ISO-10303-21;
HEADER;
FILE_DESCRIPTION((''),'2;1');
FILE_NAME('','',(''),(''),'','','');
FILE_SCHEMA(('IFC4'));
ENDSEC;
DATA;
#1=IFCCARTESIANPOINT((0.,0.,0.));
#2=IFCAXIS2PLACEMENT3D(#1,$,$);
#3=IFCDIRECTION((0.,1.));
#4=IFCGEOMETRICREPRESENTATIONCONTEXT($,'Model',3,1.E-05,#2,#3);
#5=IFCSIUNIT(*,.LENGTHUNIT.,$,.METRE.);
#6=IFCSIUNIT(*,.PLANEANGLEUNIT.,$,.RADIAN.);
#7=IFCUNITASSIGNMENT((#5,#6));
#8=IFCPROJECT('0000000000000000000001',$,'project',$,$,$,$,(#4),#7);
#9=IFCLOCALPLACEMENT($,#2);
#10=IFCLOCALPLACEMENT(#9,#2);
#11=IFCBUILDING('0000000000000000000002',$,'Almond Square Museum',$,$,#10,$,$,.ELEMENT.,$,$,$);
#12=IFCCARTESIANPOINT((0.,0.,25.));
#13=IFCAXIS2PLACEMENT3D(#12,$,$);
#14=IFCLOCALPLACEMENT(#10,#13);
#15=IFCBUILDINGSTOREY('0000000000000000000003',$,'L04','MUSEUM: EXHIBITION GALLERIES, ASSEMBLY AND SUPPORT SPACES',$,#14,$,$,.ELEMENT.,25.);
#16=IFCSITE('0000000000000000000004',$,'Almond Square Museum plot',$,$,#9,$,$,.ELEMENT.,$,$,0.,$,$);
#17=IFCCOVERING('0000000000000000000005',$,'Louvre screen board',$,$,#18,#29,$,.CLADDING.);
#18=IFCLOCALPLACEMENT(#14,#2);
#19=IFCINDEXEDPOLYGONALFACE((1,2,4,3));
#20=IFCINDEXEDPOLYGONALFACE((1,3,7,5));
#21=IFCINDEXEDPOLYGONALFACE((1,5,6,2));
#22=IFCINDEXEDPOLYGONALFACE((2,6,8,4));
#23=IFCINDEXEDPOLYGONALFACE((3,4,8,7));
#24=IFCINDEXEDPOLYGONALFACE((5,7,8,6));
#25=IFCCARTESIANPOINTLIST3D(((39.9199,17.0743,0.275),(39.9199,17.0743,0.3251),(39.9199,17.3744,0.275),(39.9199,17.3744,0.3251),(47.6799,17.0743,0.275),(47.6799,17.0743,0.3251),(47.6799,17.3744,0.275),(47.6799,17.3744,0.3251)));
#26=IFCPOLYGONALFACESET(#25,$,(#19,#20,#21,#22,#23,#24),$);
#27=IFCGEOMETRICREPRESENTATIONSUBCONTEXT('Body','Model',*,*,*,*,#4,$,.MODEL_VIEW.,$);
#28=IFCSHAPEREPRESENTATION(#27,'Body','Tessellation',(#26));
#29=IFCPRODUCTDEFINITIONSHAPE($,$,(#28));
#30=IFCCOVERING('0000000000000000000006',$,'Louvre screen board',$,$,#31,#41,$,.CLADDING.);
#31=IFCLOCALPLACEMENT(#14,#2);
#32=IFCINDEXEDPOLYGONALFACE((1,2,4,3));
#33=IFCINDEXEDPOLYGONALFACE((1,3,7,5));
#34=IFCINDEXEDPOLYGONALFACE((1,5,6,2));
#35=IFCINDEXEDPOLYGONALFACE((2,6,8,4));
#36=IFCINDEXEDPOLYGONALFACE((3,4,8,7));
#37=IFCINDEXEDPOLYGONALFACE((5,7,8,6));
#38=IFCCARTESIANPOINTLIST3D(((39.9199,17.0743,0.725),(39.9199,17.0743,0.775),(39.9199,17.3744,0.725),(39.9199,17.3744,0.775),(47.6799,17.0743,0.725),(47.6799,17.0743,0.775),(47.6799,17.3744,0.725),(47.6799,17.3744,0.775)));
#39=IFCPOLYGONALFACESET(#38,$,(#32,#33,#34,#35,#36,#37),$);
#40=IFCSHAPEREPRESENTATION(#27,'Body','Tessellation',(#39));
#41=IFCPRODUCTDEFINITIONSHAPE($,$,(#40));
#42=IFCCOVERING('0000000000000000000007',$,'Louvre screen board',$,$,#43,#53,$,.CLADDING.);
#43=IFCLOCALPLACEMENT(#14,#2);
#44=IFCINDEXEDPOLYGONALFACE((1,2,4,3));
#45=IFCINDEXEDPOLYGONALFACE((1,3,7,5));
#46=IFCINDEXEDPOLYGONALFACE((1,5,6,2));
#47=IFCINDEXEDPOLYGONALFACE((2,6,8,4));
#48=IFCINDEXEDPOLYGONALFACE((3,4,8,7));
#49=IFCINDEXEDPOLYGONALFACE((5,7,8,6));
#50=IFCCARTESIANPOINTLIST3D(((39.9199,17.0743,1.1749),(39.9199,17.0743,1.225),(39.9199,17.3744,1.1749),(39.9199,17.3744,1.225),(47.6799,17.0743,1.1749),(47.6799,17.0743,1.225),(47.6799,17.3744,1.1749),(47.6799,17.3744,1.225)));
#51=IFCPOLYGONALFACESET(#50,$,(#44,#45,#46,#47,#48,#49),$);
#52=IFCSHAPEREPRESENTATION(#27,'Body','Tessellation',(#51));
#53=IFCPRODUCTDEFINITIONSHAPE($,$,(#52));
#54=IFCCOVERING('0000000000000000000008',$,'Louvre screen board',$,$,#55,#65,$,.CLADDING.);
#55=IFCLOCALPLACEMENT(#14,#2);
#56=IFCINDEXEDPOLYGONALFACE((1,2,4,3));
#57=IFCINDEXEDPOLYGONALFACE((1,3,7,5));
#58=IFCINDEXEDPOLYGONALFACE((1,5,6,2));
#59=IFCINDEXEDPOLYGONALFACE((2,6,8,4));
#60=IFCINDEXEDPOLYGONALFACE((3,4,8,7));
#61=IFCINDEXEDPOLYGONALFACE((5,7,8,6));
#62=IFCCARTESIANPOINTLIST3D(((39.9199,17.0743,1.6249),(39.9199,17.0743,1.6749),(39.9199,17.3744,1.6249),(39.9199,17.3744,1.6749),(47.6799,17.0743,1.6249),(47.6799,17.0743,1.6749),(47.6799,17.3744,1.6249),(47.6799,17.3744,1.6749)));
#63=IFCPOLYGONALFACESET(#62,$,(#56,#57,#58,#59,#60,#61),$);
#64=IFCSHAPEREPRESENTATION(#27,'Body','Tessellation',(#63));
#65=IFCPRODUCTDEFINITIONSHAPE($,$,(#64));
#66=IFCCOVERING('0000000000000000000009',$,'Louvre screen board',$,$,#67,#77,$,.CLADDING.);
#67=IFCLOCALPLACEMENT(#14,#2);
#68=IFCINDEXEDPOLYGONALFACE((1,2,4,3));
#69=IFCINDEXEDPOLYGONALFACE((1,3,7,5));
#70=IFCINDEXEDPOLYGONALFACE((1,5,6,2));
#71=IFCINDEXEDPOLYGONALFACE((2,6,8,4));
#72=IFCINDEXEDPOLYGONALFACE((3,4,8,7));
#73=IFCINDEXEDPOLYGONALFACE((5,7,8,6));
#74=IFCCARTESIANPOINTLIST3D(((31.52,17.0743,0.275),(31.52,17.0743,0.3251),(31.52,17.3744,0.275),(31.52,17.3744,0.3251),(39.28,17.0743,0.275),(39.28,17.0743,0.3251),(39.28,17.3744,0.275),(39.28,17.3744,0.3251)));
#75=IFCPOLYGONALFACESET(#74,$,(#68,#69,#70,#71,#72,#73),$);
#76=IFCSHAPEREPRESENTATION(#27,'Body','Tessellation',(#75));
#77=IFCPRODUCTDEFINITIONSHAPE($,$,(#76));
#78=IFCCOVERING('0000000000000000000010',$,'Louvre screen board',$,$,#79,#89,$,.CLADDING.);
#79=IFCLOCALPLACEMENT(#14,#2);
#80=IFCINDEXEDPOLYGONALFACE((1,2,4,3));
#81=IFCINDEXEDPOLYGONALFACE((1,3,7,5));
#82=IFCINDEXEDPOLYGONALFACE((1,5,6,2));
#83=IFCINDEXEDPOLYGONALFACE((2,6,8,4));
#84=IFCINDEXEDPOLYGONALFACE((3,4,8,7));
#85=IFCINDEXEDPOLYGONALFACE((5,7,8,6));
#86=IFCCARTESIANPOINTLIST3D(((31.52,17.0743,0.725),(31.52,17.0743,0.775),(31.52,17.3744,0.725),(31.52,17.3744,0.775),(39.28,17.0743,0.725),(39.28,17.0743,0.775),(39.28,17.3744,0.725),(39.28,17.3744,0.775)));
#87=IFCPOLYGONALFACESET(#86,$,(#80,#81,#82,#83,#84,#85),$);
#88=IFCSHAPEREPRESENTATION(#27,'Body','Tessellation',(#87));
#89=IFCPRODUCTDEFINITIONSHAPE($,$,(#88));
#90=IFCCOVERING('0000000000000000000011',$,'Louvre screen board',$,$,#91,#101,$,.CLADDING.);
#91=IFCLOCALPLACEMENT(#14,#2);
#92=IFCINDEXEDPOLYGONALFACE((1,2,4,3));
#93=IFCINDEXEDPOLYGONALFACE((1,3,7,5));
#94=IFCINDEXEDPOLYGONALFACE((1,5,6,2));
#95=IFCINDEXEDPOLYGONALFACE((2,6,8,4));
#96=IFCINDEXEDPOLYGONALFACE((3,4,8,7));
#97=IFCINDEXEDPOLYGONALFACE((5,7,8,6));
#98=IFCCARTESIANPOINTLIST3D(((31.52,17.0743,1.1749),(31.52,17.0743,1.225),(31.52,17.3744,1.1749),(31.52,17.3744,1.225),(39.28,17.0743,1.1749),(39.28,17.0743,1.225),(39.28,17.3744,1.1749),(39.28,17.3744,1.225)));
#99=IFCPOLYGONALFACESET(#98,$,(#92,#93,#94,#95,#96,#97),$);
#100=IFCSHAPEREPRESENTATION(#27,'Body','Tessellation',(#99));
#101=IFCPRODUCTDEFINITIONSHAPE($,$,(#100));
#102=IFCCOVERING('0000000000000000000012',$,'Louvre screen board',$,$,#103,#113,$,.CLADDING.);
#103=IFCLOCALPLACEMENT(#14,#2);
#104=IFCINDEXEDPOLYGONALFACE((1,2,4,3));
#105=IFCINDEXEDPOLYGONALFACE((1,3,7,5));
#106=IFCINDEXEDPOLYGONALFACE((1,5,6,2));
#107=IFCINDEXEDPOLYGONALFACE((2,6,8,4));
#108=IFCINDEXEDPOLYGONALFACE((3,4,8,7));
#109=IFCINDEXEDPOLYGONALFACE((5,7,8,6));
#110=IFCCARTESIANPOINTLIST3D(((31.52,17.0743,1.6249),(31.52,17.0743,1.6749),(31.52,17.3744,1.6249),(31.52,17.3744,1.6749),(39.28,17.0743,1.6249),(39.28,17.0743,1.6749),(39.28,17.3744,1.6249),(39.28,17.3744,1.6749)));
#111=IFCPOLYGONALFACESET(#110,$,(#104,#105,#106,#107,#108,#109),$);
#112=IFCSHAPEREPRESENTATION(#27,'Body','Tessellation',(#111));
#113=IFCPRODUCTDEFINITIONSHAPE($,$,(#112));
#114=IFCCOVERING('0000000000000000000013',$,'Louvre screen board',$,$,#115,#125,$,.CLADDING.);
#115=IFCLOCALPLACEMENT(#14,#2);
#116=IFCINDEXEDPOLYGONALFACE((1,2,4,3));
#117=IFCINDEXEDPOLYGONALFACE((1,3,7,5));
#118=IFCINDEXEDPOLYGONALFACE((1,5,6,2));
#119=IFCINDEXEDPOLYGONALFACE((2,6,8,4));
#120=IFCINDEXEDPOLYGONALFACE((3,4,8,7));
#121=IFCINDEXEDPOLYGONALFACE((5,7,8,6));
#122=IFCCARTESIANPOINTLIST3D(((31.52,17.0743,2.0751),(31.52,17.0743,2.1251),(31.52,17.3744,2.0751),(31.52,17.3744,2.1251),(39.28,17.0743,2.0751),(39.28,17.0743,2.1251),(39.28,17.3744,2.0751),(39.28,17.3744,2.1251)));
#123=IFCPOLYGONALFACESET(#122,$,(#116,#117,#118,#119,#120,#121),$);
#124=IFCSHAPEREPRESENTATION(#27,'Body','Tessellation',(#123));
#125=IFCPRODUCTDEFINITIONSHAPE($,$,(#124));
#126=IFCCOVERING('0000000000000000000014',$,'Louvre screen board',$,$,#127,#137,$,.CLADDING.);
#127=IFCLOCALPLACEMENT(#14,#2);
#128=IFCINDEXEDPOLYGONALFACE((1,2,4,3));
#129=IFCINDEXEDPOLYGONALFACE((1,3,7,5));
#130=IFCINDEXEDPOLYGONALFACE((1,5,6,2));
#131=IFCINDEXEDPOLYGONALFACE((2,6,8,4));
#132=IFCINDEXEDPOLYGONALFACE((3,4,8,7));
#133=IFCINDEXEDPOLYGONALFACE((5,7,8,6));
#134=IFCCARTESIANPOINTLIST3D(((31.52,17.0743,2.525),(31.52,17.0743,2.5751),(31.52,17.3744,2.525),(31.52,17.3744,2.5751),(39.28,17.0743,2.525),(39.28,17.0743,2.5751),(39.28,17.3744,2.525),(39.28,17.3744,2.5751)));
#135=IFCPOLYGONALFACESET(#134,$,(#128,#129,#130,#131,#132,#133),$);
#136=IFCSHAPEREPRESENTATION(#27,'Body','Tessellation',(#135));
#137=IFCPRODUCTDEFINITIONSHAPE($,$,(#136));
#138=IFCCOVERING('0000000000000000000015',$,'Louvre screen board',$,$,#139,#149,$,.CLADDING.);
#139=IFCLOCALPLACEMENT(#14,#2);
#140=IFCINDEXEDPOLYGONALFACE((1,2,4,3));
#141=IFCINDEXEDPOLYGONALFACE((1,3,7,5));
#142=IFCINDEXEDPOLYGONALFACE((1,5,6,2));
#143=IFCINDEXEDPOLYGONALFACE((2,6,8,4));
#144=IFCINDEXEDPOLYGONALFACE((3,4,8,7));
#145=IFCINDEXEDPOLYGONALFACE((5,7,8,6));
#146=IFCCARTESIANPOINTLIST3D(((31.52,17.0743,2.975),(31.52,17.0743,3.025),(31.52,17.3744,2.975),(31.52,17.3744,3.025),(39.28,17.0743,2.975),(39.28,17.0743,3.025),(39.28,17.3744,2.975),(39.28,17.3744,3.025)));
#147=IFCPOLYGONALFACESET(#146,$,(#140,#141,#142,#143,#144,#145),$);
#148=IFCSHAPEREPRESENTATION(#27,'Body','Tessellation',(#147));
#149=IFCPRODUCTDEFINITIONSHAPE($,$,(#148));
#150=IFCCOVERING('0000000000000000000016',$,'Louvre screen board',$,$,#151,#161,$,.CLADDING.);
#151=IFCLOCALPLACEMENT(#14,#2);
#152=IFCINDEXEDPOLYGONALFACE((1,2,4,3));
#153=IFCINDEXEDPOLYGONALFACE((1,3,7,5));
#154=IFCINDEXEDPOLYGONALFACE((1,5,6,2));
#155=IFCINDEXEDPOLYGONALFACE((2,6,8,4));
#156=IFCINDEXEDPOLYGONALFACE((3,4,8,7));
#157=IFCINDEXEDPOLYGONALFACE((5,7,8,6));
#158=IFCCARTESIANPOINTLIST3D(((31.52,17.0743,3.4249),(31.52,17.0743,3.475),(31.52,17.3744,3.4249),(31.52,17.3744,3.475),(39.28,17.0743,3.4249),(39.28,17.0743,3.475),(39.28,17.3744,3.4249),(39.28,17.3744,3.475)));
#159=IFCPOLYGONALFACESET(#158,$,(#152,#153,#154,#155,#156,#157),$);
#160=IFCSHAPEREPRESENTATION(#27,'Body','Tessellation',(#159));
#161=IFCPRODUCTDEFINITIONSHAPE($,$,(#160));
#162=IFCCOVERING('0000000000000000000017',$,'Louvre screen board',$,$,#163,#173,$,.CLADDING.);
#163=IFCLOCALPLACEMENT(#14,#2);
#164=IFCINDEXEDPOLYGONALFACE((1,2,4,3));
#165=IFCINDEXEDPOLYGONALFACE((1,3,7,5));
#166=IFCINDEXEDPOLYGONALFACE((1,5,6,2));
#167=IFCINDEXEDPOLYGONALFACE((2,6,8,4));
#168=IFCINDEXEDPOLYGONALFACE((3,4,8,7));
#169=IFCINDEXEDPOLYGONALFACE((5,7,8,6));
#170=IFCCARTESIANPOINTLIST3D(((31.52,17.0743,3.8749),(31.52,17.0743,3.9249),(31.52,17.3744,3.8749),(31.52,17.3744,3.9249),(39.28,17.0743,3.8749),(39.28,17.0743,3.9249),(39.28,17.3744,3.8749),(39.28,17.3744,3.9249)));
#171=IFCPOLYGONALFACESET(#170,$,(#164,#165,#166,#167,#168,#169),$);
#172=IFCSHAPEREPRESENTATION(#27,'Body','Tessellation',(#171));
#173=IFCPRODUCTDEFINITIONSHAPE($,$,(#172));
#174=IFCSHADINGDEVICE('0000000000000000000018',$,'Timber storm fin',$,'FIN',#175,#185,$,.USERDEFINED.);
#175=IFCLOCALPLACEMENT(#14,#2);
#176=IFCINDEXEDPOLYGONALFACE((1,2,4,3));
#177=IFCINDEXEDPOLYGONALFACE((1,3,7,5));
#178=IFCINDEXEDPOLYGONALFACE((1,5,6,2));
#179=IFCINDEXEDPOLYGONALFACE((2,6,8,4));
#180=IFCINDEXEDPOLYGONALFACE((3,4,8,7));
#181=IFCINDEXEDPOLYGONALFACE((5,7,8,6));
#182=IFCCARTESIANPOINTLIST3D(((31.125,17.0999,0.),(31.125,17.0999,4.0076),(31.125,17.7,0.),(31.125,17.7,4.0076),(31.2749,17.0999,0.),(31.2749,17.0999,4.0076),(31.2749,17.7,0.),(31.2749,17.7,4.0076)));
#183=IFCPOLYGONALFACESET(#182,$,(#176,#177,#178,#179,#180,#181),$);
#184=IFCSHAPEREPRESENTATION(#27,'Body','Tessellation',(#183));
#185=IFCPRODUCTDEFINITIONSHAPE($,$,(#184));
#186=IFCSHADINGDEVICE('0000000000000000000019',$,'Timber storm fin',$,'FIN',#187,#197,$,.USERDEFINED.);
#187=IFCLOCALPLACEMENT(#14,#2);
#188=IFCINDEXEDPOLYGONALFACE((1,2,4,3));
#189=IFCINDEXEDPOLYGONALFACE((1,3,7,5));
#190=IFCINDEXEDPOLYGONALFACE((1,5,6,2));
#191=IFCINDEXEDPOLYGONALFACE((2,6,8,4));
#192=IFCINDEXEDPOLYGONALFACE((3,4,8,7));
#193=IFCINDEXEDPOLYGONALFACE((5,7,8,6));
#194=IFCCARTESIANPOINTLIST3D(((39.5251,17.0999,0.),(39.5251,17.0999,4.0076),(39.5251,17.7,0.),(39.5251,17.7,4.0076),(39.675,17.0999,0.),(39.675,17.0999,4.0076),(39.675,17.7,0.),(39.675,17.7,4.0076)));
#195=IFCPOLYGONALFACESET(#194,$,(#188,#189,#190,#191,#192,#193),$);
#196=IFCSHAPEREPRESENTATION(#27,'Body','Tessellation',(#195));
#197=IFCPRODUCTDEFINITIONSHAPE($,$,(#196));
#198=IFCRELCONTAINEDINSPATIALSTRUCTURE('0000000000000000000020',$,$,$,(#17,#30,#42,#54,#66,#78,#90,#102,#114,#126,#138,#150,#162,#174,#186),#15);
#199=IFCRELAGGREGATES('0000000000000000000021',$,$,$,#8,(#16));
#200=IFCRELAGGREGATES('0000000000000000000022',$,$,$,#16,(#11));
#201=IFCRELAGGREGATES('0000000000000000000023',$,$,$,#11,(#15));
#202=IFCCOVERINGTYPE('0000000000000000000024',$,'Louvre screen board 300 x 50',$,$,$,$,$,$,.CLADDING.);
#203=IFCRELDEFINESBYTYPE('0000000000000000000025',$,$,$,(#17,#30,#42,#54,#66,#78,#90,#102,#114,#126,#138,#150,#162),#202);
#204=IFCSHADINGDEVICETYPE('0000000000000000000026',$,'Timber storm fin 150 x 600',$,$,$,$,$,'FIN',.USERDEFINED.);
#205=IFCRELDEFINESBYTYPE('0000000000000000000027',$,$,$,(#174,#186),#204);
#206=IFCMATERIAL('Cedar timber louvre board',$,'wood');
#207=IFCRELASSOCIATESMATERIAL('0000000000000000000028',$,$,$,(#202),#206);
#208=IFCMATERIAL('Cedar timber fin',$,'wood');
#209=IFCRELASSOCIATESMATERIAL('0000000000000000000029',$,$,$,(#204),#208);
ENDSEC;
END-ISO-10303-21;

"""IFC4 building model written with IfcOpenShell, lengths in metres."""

from ifc_helpers import new_model, si_unit, direction, frame, origin, origin_2d, place, context, subcontext, project, spatial, rectangle, extrude, material, material_profile, profile_set, type_object, element, save


model = new_model("IFC4")

# Units and contexts
model_context = context("Model", 3, precision=1e-05, world=origin(), true_north=direction((0.0, 1.0)))
body_context = subcontext(model_context, "Body", "Model", "MODEL_VIEW")
ifc_project = project(units=[si_unit("LENGTHUNIT", "METRE"), si_unit("PLANEANGLEUNIT", "RADIAN")], contexts=[model_context])

# Site, building, storey
site_placement = place(None, origin())
site = spatial("IfcSite", under=ifc_project, at=site_placement, Name="Almond Square Museum plot", CompositionType="ELEMENT", RefElevation=0.0)
building_placement = place(site_placement, origin())
building = spatial("IfcBuilding", under=site, at=building_placement, Name="Almond Square Museum", CompositionType="ELEMENT")
storey_placement = place(building_placement, frame((0.0, 0.0, 25.0)))
storey = spatial("IfcBuildingStorey", under=building, at=storey_placement, Name="L04", Description="MUSEUM: EXHIBITION GALLERIES, ASSEMBLY AND SUPPORT SPACES", CompositionType="ELEMENT", Elevation=25.0)

# Coverings
ifc_material_1 = material(Name="Cedar timber louvre board", Category="wood")
ifc_material_profile_1 = material_profile(ifc_material_1, rectangle(XDim=0.3, YDim=0.05, at=origin_2d()))
ifc_profile_set_1 = profile_set([ifc_material_profile_1], Name="Cedar timber louvre board")
covering_type = type_object("IfcCoveringType", Name="Louvre screen board 300 x 50", PredefinedType="CLADDING", material=ifc_profile_set_1)
for number, where, z_axis, x_axis, name in (
    (1, (39.9199, 17.2244, 0.3), (1.0, 0.0, 0.0), (0.0, 1.0, 0.0), "Louvre screen board"),
    (2, (39.9199, 17.2244, 0.75), (1.0, 0.0, 0.0), (0.0, 1.0, 0.0), "Louvre screen board"),
    (3, (39.9199, 17.2244, 1.2), (1.0, 0.0, 0.0), (0.0, 1.0, 0.0), "Louvre screen board"),
    (4, (39.9199, 17.2244, 1.6499), (1.0, 0.0, 0.0), (0.0, 1.0, 0.0), "Louvre screen board"),
    (5, (31.52, 17.2244, 0.3), (1.0, 0.0, 0.0), (0.0, 1.0, 0.0), "Louvre screen board"),
    (6, (31.52, 17.2244, 0.75), (1.0, 0.0, 0.0), (0.0, 1.0, 0.0), "Louvre screen board"),
    (7, (31.52, 17.2244, 1.2), (1.0, 0.0, 0.0), (0.0, 1.0, 0.0), "Louvre screen board"),
    (8, (31.52, 17.2244, 1.6499), (1.0, 0.0, 0.0), (0.0, 1.0, 0.0), "Louvre screen board"),
    (9, (31.52, 17.2244, 2.1001), (1.0, 0.0, 0.0), (0.0, 1.0, 0.0), "Louvre screen board"),
    (10, (31.52, 17.2244, 2.55), (1.0, 0.0, 0.0), (0.0, 1.0, 0.0), "Louvre screen board"),
    (11, (31.52, 17.2244, 3.0), (1.0, 0.0, 0.0), (0.0, 1.0, 0.0), "Louvre screen board"),
    (12, (31.52, 17.2244, 3.45), (1.0, 0.0, 0.0), (0.0, 1.0, 0.0), "Louvre screen board"),
    (13, (31.52, 17.2244, 3.8999), (1.0, 0.0, 0.0), (0.0, 1.0, 0.0), "Louvre screen board"),
):
    element("IfcCovering", number, at=place(storey_placement, frame(where, z_axis=z_axis, x_axis=x_axis)), inside=storey, type_object=covering_type, Name=name, PredefinedType="CLADDING", context=body_context, shape_type="SweptSolid", body=[
        extrude(rectangle(XDim=0.3, YDim=0.05, at=origin_2d()), origin(), (0.0, 0.0, 1.0), 7.76),
    ])

# Shading devices
ifc_material_2 = material(Name="Cedar timber fin", Category="wood")
shading_device_type_1 = type_object("IfcShadingDeviceType", Name="Timber storm fin 150 x 600", ElementType="FIN", PredefinedType="USERDEFINED", material=ifc_material_2)
for number, where, z_axis, x_axis, name in (
    (14, (31.2, 17.3999, 0.0), (0.0, 0.0, 1.0), (1.0, 0.0, 0.0), "Timber storm fin"),
    (15, (39.6001, 17.3999, 0.0), (0.0, 0.0, 1.0), (1.0, 0.0, 0.0), "Timber storm fin"),
):
    element("IfcShadingDevice", number, at=place(storey_placement, frame(where, z_axis=z_axis, x_axis=x_axis)), inside=storey, type_object=shading_device_type_1, Name=name, ObjectType="FIN", PredefinedType="USERDEFINED", context=body_context, shape_type="SweptSolid", body=[
        extrude(rectangle(XDim=0.1499, YDim=0.6001, at=origin_2d()), origin(), (0.0, 0.0, 1.0), 4.0076),
    ])

save(model, "model.ifc")
